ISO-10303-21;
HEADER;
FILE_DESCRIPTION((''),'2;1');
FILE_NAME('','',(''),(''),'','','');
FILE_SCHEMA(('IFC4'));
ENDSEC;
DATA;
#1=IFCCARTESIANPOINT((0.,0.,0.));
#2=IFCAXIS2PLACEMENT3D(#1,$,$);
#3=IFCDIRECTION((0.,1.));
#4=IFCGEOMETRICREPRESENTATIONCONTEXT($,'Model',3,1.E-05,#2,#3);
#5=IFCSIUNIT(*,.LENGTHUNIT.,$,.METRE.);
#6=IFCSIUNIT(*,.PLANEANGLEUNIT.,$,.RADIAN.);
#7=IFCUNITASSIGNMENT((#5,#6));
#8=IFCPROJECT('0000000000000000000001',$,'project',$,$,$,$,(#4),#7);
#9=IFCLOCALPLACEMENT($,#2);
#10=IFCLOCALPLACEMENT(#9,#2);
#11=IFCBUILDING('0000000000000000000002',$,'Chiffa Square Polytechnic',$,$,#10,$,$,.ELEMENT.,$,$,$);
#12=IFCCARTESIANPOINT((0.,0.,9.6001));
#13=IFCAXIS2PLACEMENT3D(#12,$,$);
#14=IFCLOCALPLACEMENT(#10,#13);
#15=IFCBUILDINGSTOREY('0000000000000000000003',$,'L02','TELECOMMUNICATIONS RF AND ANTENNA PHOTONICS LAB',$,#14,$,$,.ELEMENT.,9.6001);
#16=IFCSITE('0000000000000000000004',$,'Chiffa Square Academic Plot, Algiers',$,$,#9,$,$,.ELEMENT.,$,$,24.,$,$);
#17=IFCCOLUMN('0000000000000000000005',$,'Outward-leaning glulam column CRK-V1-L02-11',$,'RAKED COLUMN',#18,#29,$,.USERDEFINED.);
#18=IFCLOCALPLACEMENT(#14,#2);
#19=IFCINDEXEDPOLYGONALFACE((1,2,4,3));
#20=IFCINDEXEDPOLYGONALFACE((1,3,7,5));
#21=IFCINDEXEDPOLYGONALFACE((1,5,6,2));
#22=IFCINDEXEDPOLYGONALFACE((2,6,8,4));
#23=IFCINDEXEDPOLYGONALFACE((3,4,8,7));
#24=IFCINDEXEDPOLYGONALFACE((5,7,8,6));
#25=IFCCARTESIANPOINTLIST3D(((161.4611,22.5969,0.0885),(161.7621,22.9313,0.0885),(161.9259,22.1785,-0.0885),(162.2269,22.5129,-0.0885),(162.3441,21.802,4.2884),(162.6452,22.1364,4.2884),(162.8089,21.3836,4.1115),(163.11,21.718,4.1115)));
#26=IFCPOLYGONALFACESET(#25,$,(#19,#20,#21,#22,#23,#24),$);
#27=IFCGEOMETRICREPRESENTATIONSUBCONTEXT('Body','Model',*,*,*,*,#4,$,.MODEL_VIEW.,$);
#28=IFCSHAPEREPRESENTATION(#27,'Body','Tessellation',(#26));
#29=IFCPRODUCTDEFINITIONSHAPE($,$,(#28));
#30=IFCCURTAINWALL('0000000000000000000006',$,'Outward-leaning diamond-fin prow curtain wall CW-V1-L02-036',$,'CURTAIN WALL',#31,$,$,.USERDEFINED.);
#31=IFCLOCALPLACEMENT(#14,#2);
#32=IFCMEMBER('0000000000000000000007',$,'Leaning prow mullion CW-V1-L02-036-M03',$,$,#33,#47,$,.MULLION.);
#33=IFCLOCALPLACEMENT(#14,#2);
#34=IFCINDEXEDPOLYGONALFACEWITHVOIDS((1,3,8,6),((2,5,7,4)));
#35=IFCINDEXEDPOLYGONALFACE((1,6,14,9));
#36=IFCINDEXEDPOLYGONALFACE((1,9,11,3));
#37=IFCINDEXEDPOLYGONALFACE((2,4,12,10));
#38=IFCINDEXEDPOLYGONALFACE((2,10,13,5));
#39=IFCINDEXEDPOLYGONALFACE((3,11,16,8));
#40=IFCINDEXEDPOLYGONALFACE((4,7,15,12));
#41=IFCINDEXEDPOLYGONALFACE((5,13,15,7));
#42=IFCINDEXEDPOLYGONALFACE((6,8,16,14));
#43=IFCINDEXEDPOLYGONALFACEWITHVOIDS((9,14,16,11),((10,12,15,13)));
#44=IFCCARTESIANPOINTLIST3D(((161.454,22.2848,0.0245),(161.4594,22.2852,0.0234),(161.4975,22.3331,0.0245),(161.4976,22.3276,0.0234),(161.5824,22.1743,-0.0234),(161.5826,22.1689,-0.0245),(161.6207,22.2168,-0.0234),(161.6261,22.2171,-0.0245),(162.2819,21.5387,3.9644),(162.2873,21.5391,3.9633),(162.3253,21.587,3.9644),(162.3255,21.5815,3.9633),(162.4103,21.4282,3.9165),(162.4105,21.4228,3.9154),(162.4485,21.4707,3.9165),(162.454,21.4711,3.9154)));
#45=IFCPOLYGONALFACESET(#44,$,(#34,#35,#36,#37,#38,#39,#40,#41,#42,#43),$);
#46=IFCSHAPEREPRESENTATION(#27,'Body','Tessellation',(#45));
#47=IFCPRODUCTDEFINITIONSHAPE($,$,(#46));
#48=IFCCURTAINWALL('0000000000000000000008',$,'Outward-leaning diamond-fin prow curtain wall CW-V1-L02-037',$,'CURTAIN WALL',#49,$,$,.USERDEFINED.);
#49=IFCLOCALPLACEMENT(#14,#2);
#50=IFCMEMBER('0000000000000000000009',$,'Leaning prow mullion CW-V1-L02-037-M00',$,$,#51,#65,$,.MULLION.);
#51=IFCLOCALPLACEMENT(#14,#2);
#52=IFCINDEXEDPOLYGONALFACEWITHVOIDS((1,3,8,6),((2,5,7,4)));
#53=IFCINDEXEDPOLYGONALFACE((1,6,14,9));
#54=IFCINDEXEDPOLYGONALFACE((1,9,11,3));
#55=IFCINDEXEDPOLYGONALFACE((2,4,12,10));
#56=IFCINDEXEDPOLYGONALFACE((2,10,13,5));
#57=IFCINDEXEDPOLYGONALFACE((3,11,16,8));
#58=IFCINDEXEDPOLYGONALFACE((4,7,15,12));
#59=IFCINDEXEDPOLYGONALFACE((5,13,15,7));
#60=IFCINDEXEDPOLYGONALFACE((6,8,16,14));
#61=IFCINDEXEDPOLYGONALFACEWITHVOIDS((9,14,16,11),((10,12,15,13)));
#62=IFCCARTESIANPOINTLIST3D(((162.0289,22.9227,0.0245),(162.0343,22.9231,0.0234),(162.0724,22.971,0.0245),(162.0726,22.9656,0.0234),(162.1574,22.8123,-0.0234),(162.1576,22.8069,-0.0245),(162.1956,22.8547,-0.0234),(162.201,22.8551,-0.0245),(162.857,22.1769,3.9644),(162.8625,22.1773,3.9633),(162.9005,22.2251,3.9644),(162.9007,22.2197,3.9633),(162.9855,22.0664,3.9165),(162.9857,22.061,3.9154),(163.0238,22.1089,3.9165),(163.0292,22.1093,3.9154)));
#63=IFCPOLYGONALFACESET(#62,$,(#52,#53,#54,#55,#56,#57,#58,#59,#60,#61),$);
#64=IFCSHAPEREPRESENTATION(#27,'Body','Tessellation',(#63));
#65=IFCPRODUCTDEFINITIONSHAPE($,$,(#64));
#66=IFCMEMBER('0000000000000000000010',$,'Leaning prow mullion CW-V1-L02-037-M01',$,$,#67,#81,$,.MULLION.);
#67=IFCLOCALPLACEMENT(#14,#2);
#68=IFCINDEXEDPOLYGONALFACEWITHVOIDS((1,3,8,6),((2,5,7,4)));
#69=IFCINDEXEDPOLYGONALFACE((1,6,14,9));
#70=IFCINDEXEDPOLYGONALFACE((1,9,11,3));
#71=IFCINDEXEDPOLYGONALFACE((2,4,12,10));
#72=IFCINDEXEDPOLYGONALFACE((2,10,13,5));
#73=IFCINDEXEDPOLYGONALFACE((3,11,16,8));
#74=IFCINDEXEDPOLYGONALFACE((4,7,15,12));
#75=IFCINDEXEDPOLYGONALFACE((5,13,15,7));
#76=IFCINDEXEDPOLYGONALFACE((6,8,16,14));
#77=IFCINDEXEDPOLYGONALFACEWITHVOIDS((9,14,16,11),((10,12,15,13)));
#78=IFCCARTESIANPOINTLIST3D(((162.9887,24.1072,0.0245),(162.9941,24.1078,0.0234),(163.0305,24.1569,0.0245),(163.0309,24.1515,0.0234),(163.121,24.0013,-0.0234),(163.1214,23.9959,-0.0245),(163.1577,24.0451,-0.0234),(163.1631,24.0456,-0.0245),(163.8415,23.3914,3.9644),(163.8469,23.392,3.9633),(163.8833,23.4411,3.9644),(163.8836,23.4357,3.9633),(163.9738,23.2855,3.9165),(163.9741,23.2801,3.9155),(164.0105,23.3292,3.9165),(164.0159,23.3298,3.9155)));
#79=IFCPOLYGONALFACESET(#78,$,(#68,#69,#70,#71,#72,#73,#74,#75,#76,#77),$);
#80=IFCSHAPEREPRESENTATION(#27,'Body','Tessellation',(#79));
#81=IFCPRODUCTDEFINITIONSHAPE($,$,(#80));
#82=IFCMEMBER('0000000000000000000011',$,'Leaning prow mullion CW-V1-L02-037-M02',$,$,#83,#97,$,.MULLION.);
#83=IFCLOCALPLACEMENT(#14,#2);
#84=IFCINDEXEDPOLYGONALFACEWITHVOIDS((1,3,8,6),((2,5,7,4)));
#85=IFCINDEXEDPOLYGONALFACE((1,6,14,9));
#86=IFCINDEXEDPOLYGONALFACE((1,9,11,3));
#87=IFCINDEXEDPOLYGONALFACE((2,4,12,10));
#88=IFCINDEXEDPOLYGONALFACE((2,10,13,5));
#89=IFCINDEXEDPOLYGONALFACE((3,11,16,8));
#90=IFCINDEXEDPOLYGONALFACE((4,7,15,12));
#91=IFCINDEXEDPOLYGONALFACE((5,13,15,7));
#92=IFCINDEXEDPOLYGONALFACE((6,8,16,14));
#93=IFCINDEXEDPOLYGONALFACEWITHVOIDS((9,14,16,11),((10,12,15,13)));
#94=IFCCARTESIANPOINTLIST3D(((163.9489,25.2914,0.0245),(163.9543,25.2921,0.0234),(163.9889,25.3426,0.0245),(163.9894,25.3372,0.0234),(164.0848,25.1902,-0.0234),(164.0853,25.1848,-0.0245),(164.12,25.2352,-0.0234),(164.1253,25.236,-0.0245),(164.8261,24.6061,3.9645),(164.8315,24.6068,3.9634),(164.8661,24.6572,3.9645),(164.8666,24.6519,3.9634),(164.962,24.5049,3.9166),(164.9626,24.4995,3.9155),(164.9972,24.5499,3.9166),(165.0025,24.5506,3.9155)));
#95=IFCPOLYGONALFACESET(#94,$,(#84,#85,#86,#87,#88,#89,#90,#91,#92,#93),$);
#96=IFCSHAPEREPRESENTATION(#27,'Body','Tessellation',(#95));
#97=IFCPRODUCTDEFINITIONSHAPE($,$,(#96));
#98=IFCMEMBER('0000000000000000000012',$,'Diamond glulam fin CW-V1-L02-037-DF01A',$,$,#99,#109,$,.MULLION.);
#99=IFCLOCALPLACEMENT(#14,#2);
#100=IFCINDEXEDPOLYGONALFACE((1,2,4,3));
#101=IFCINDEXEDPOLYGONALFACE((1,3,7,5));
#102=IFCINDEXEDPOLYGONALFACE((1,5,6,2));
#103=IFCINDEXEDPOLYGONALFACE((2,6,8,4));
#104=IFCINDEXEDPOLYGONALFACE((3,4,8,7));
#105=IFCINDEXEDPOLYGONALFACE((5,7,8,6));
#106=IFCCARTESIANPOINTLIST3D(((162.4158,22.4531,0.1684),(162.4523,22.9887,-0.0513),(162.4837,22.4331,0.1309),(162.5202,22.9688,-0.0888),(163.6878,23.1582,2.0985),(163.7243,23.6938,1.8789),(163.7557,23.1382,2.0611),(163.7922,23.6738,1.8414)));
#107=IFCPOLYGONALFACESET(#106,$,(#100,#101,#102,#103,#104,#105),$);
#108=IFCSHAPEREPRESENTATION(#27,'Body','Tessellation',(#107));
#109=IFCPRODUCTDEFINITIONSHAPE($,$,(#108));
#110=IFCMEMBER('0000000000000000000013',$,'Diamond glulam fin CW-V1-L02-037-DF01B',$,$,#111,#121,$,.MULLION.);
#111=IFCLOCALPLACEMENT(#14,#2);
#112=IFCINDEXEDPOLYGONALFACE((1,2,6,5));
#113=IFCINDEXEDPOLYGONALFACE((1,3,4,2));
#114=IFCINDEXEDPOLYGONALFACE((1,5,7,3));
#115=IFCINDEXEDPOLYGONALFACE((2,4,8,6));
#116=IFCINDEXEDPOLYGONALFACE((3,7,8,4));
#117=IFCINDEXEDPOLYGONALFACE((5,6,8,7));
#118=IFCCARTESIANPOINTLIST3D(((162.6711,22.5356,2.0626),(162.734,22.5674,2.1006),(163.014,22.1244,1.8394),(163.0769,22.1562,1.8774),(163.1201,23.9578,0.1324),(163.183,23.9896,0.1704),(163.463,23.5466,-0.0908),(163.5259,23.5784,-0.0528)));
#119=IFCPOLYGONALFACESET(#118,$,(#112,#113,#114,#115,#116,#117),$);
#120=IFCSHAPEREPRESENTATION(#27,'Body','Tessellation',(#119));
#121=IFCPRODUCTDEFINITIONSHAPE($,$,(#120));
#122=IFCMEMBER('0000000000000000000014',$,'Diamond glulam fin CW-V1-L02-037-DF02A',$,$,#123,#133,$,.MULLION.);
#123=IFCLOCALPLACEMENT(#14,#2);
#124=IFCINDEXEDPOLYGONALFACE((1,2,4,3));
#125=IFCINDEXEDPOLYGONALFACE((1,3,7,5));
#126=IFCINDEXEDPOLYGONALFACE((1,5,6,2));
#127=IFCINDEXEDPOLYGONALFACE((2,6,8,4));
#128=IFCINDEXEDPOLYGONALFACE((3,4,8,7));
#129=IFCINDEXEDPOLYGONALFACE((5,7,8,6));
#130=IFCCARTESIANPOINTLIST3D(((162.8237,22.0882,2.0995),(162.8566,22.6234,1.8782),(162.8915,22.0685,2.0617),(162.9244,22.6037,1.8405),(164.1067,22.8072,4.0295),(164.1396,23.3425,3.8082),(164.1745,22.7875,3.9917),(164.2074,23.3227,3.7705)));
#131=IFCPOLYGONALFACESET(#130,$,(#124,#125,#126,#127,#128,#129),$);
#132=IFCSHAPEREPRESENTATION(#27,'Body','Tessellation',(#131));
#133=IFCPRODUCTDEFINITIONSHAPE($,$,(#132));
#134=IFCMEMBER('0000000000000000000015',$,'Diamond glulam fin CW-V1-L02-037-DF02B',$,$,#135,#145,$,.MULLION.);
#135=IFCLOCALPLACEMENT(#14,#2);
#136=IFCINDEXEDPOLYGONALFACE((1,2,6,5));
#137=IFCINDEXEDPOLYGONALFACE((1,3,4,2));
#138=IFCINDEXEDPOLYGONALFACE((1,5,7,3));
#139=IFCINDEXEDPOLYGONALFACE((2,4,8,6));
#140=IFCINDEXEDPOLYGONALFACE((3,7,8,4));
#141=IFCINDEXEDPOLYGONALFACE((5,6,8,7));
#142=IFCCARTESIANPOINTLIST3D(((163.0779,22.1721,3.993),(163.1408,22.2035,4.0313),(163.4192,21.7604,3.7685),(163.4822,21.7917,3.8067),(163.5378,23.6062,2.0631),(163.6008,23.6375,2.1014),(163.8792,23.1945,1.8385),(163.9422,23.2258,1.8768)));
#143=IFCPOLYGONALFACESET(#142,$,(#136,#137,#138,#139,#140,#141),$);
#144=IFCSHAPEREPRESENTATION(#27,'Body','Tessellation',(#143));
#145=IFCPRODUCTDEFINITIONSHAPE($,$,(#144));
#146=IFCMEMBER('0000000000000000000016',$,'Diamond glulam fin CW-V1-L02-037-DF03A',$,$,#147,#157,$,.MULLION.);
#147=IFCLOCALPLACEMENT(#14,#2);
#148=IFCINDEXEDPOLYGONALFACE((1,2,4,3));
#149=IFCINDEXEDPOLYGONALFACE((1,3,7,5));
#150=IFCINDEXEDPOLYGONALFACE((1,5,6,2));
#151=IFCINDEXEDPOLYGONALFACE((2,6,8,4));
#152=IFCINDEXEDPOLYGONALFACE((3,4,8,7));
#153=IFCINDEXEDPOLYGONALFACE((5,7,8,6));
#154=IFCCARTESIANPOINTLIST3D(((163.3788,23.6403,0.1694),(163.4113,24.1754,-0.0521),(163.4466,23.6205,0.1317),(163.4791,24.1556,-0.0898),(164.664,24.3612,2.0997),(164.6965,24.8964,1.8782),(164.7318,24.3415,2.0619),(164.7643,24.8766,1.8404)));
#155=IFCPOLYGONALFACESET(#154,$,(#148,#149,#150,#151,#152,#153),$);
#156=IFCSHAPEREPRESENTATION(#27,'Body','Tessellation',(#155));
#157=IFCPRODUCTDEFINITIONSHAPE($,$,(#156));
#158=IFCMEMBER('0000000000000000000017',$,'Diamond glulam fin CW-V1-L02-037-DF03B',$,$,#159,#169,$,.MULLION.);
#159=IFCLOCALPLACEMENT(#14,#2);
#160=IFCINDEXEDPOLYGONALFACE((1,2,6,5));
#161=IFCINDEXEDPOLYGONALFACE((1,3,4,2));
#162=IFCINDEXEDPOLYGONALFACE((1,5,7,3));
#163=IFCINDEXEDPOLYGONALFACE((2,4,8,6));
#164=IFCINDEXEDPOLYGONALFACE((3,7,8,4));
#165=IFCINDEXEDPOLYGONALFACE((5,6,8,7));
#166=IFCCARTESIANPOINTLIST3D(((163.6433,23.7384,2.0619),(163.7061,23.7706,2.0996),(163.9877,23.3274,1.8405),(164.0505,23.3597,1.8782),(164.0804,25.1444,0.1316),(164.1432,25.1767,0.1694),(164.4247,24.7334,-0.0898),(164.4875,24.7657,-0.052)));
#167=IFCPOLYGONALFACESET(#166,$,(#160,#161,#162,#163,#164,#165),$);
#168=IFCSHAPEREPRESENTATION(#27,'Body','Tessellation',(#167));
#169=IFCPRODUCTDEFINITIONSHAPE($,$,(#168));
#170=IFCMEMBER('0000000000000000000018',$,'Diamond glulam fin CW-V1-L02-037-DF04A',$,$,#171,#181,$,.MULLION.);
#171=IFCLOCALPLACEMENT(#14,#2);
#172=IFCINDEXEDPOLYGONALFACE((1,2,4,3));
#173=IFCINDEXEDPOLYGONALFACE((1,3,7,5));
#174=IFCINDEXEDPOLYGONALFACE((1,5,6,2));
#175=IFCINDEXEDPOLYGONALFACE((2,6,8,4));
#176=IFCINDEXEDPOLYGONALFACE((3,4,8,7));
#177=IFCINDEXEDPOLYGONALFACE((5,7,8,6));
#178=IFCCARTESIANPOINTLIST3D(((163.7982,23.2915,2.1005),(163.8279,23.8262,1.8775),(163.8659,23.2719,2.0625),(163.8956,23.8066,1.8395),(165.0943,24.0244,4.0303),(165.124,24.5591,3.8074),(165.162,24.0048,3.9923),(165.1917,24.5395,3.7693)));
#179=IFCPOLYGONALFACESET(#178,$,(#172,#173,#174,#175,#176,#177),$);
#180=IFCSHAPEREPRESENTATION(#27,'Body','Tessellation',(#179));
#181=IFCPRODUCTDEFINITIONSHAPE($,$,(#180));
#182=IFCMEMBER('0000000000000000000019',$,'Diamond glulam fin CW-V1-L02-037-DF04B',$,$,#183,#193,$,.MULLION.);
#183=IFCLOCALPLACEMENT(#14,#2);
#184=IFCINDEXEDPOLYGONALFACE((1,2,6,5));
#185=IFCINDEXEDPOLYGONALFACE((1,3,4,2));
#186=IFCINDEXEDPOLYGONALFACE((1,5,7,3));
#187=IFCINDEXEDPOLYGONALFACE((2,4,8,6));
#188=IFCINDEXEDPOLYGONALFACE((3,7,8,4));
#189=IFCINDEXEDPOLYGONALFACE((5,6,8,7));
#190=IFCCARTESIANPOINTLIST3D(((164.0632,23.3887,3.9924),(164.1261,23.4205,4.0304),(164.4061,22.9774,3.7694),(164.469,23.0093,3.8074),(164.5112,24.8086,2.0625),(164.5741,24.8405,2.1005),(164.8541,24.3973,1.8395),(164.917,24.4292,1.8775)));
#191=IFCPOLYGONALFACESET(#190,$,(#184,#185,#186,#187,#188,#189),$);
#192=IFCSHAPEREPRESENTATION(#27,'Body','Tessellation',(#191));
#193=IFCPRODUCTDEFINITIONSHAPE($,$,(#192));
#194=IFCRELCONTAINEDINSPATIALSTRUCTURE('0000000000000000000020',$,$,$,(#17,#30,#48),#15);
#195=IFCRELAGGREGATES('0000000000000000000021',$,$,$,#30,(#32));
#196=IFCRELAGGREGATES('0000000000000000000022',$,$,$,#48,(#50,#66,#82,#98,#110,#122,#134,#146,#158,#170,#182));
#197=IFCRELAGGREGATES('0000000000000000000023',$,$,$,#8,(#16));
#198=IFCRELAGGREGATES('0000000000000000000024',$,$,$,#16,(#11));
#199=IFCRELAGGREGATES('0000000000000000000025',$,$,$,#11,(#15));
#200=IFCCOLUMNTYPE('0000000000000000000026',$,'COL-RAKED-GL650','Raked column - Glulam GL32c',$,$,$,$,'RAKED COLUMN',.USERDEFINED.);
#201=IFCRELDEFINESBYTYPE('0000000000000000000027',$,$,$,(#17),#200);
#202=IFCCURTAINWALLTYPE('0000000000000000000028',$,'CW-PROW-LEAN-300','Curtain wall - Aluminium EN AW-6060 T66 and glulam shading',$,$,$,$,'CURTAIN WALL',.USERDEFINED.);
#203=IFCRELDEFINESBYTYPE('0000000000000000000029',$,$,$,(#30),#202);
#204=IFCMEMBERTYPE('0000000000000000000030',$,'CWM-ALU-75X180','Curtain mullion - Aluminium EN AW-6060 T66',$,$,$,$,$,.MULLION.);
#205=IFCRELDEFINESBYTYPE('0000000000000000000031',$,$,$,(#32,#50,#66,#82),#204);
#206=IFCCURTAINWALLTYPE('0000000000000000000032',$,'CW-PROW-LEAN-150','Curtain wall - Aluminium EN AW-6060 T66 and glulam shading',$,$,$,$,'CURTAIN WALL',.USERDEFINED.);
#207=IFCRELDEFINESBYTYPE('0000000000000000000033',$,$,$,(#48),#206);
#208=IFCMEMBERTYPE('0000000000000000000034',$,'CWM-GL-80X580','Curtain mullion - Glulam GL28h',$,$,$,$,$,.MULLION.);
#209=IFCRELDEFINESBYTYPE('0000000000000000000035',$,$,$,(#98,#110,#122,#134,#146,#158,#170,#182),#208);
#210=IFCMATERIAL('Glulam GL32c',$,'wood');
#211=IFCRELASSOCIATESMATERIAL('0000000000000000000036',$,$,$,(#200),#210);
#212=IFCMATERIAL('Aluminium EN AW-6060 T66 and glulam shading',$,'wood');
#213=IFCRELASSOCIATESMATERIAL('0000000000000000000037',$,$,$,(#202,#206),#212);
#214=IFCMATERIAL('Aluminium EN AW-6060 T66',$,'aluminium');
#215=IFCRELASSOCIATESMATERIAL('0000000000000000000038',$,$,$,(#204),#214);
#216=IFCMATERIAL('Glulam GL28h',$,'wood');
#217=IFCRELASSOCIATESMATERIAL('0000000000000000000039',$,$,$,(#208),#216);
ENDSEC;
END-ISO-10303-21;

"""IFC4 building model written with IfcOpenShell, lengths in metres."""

from ifc_helpers import new_model, si_unit, direction, frame, origin, origin_2d, place, context, subcontext, project, spatial, rectangle, hollow_rectangle, extrude, material, material_profile, profile_set, type_object, element, aggregate, save


model = new_model("IFC4")

# Units and contexts
model_context = context("Model", 3, precision=1e-05, world=origin(), true_north=direction((0.0, 1.0)))
body_context = subcontext(model_context, "Body", "Model", "MODEL_VIEW")
ifc_project = project(units=[si_unit("LENGTHUNIT", "METRE"), si_unit("PLANEANGLEUNIT", "RADIAN")], contexts=[model_context])

# Site, building, storey
site_placement = place(None, origin())
site = spatial("IfcSite", under=ifc_project, at=site_placement, Name="Chiffa Square Academic Plot, Algiers", CompositionType="ELEMENT", RefElevation=24.0)
building_placement = place(site_placement, origin())
building = spatial("IfcBuilding", under=site, at=building_placement, Name="Chiffa Square Polytechnic", CompositionType="ELEMENT")
storey_placement = place(building_placement, frame((0.0, 0.0, 9.6001)))
storey = spatial("IfcBuildingStorey", under=building, at=storey_placement, Name="L02", Description="TELECOMMUNICATIONS RF AND ANTENNA PHOTONICS LAB", CompositionType="ELEMENT", Elevation=9.6001)

# Column
ifc_material_1 = material(Name="Glulam GL32c", Category="wood")
ifc_material_profile_1 = material_profile(ifc_material_1, rectangle(XDim=0.45, YDim=0.6499, at=origin_2d()), Name="GL32c 450x650")
ifc_profile_set_1 = profile_set([ifc_material_profile_1], Name="Glulam GL32c")
column_type = type_object("IfcColumnType", Name="COL-RAKED-GL650", Description="Raked column - Glulam GL32c", ElementType="RAKED COLUMN", PredefinedType="USERDEFINED", material=ifc_profile_set_1)
column_placement = place(storey_placement, frame((161.844, 22.5549, 0.0), z_axis=(0.202314, -0.182122, 0.962237), x_axis=(0.669044, 0.743223, 0.0)))
element("IfcColumn", 1, at=column_placement, inside=storey, type_object=column_type, Name="Outward-leaning glulam column CRK-V1-L02-11", ObjectType="RAKED COLUMN", PredefinedType="USERDEFINED", context=body_context, shape_type="SweptSolid", body=[
    extrude(rectangle(XDim=0.45, YDim=0.6499, at=origin_2d()), origin(), (0.0, 0.0, 1.0), 4.3647),
])

# Curtain wall, member
ifc_material_2 = material(Name="Aluminium EN AW-6060 T66 and glulam shading", Category="wood")
curtain_wall_type_1 = type_object("IfcCurtainWallType", Name="CW-PROW-LEAN-300", Description="Curtain wall - Aluminium EN AW-6060 T66 and glulam shading", ElementType="CURTAIN WALL", PredefinedType="USERDEFINED", material=ifc_material_2)
curtain_wall_1_placement = place(storey_placement, origin())
curtain_wall_1 = element("IfcCurtainWall", 2, at=curtain_wall_1_placement, inside=storey, type_object=curtain_wall_type_1, Name="Outward-leaning diamond-fin prow curtain wall CW-V1-L02-036", ObjectType="CURTAIN WALL", PredefinedType="USERDEFINED")
ifc_material_3 = material(Name="Aluminium EN AW-6060 T66", Category="aluminium")
ifc_material_profile_2 = material_profile(ifc_material_3, hollow_rectangle(XDim=0.0649, YDim=0.1799, WallThickness=0.0039, at=origin_2d()), Name="ALU 65x180x4")
ifc_profile_set_2 = profile_set([ifc_material_profile_2], Name="Aluminium EN AW-6060 T66")
member_type_1 = type_object("IfcMemberType", Name="CWM-ALU-75X180", Description="Curtain mullion - Aluminium EN AW-6060 T66", PredefinedType="MULLION", material=ifc_profile_set_2)
member_1_placement = place(storey_placement, frame((161.54, 22.251, 0.0), z_axis=(0.202192, -0.182217, 0.962245), x_axis=(0.669461, 0.742847, 0.0)))
member_1 = element("IfcMember", 3, at=member_1_placement, type_object=member_type_1, Name="Leaning prow mullion CW-V1-L02-036-M03", PredefinedType="MULLION", context=body_context, shape_type="SweptSolid", body=[
    extrude(hollow_rectangle(XDim=0.0649, YDim=0.1799, WallThickness=0.0039, at=origin_2d()), origin(), (0.0, 0.0, 1.0), 4.0945),
])
aggregate(curtain_wall_1, [member_1])

# Curtain wall, members
curtain_wall_type_2 = type_object("IfcCurtainWallType", Name="CW-PROW-LEAN-150", Description="Curtain wall - Aluminium EN AW-6060 T66 and glulam shading", ElementType="CURTAIN WALL", PredefinedType="USERDEFINED", material=ifc_material_2)
curtain_wall_2_placement = place(storey_placement, origin())
curtain_wall_2 = element("IfcCurtainWall", 4, at=curtain_wall_2_placement, inside=storey, type_object=curtain_wall_type_2, Name="Outward-leaning diamond-fin prow curtain wall CW-V1-L02-037", ObjectType="CURTAIN WALL", PredefinedType="USERDEFINED")
member_2_placement = place(storey_placement, frame((162.115, 22.8889, 0.0), z_axis=(0.202251, -0.182157, 0.962244), x_axis=(0.669231, 0.743054, 0.0)))
member_2 = element("IfcMember", 5, at=member_2_placement, type_object=member_type_1, Name="Leaning prow mullion CW-V1-L02-037-M00", PredefinedType="MULLION", context=body_context, shape_type="SweptSolid", body=[
    extrude(hollow_rectangle(XDim=0.0649, YDim=0.1799, WallThickness=0.0039, at=origin_2d()), origin(), (0.0, 0.0, 1.0), 4.0945),
])
member_3_placement = place(storey_placement, frame((163.0759, 24.0764, 0.0), z_axis=(0.208289, -0.174836, 0.962314), x_axis=(0.642919, 0.765934, 0.0)))
member_3 = element("IfcMember", 6, at=member_3_placement, type_object=member_type_1, Name="Leaning prow mullion CW-V1-L02-037-M01", PredefinedType="MULLION", context=body_context, shape_type="SweptSolid", body=[
    extrude(hollow_rectangle(XDim=0.0649, YDim=0.1799, WallThickness=0.0039, at=origin_2d()), origin(), (0.0, 0.0, 1.0), 4.0942),
])
member_4_placement = place(storey_placement, frame((164.0371, 25.2637, 0.0), z_axis=(0.214255, -0.167385, 0.962329), x_axis=(0.61564, 0.788028, 0.0)))
member_4 = element("IfcMember", 7, at=member_4_placement, type_object=member_type_1, Name="Leaning prow mullion CW-V1-L02-037-M02", PredefinedType="MULLION", context=body_context, shape_type="SweptSolid", body=[
    extrude(hollow_rectangle(XDim=0.0649, YDim=0.1799, WallThickness=0.0039, at=origin_2d()), origin(), (0.0, 0.0, 1.0), 4.0942),
])
ifc_material_4 = material(Name="Glulam GL28h", Category="wood")
ifc_material_profile_3 = material_profile(ifc_material_4, rectangle(XDim=0.0801, YDim=0.5801, at=origin_2d()), Name="GL28h 80x580")
ifc_profile_set_3 = profile_set([ifc_material_profile_3], Name="Glulam GL28h")
member_type_2 = type_object("IfcMemberType", Name="CWM-GL-80X580", Description="Curtain mullion - Glulam GL28h", PredefinedType="MULLION", material=ifc_profile_set_3)
member_5_placement = place(storey_placement, frame((162.468, 22.7109, 0.0398), z_axis=(0.526318, 0.291748, 0.798669), x_axis=(-0.847964, 0.249497, 0.467663)))
member_5 = element("IfcMember", 8, at=member_5_placement, type_object=member_type_2, Name="Diamond glulam fin CW-V1-L02-037-DF01A", PredefinedType="MULLION", context=body_context, shape_type="SweptSolid", body=[
    extrude(rectangle(XDim=0.0801, YDim=0.5801, at=origin_2d()), origin(), (0.0, 0.0, 1.0), 2.4167),
])
member_6_placement = place(storey_placement, frame((163.323, 23.7681, 0.0398), z_axis=(-0.184068, -0.583033, 0.791323), x_axis=(0.785267, 0.396978, 0.475146)))
member_6 = element("IfcMember", 9, at=member_6_placement, type_object=member_type_2, Name="Diamond glulam fin CW-V1-L02-037-DF01B", PredefinedType="MULLION", context=body_context, shape_type="SweptSolid", body=[
    extrude(rectangle(XDim=0.0801, YDim=0.5801, at=origin_2d()), origin(), (0.0, 0.0, 1.0), 2.4392),
])
member_7_placement = place(storey_placement, frame((162.874, 22.3459, 1.97), z_axis=(0.528743, 0.296317, 0.795378), x_axis=(-0.846885, 0.246798, 0.471038)))
member_7 = element("IfcMember", 10, at=member_7_placement, type_object=member_type_2, Name="Diamond glulam fin CW-V1-L02-037-DF02A", PredefinedType="MULLION", context=body_context, shape_type="SweptSolid", body=[
    extrude(rectangle(XDim=0.0801, YDim=0.5801, at=origin_2d()), origin(), (0.0, 0.0, 1.0), 2.4265),
])
member_8_placement = place(storey_placement, frame((163.74, 23.416, 1.97), z_axis=(-0.187891, -0.585814, 0.788365), x_axis=(0.786369, 0.3912, 0.478106)))
member_8 = element("IfcMember", 11, at=member_8_placement, type_object=member_type_2, Name="Diamond glulam fin CW-V1-L02-037-DF02B", PredefinedType="MULLION", context=body_context, shape_type="SweptSolid", body=[
    extrude(rectangle(XDim=0.0801, YDim=0.5801, at=origin_2d()), origin(), (0.0, 0.0, 1.0), 2.448),
])
member_9_placement = place(storey_placement, frame((163.429, 23.8979, 0.0398), z_axis=(0.529226, 0.296886, 0.794845), x_axis=(-0.846628, 0.246639, 0.471582)))
member_9 = element("IfcMember", 12, at=member_9_placement, type_object=member_type_2, Name="Diamond glulam fin CW-V1-L02-037-DF03A", PredefinedType="MULLION", context=body_context, shape_type="SweptSolid", body=[
    extrude(rectangle(XDim=0.0801, YDim=0.5801, at=origin_2d()), origin(), (0.0, 0.0, 1.0), 2.4285),
])
member_10_placement = place(storey_placement, frame((164.2839, 24.9551, 0.0398), z_axis=(-0.180015, -0.579167, 0.795085), x_axis=(0.78436, 0.403263, 0.471338)))
member_10 = element("IfcMember", 13, at=member_10_placement, type_object=member_type_2, Name="Diamond glulam fin CW-V1-L02-037-DF03B", PredefinedType="MULLION", context=body_context, shape_type="SweptSolid", body=[
    extrude(rectangle(XDim=0.0801, YDim=0.5801, at=origin_2d()), origin(), (0.0, 0.0, 1.0), 2.4277),
])
member_11_placement = place(storey_placement, frame((163.8469, 23.5491, 1.97), z_axis=(0.531734, 0.300672, 0.791742), x_axis=(-0.845362, 0.244948, 0.474724)))
member_11 = element("IfcMember", 14, at=member_11_placement, type_object=member_type_2, Name="Diamond glulam fin CW-V1-L02-037-DF04A", PredefinedType="MULLION", context=body_context, shape_type="SweptSolid", body=[
    extrude(rectangle(XDim=0.0801, YDim=0.5801, at=origin_2d()), origin(), (0.0, 0.0, 1.0), 2.4375),
])
member_12_placement = place(storey_placement, frame((164.7141, 24.6189, 1.97), z_axis=(-0.183792, -0.582527, 0.791759), x_axis=(0.785298, 0.397444, 0.474706)))
member_12 = element("IfcMember", 15, at=member_12_placement, type_object=member_type_2, Name="Diamond glulam fin CW-V1-L02-037-DF04B", PredefinedType="MULLION", context=body_context, shape_type="SweptSolid", body=[
    extrude(rectangle(XDim=0.0801, YDim=0.5801, at=origin_2d()), origin(), (0.0, 0.0, 1.0), 2.4375),
])

aggregate(curtain_wall_2, [member_2, member_3, member_4, member_5, member_6, member_7, member_8, member_9, member_10, member_11, member_12])

save(model, "model.ifc")
